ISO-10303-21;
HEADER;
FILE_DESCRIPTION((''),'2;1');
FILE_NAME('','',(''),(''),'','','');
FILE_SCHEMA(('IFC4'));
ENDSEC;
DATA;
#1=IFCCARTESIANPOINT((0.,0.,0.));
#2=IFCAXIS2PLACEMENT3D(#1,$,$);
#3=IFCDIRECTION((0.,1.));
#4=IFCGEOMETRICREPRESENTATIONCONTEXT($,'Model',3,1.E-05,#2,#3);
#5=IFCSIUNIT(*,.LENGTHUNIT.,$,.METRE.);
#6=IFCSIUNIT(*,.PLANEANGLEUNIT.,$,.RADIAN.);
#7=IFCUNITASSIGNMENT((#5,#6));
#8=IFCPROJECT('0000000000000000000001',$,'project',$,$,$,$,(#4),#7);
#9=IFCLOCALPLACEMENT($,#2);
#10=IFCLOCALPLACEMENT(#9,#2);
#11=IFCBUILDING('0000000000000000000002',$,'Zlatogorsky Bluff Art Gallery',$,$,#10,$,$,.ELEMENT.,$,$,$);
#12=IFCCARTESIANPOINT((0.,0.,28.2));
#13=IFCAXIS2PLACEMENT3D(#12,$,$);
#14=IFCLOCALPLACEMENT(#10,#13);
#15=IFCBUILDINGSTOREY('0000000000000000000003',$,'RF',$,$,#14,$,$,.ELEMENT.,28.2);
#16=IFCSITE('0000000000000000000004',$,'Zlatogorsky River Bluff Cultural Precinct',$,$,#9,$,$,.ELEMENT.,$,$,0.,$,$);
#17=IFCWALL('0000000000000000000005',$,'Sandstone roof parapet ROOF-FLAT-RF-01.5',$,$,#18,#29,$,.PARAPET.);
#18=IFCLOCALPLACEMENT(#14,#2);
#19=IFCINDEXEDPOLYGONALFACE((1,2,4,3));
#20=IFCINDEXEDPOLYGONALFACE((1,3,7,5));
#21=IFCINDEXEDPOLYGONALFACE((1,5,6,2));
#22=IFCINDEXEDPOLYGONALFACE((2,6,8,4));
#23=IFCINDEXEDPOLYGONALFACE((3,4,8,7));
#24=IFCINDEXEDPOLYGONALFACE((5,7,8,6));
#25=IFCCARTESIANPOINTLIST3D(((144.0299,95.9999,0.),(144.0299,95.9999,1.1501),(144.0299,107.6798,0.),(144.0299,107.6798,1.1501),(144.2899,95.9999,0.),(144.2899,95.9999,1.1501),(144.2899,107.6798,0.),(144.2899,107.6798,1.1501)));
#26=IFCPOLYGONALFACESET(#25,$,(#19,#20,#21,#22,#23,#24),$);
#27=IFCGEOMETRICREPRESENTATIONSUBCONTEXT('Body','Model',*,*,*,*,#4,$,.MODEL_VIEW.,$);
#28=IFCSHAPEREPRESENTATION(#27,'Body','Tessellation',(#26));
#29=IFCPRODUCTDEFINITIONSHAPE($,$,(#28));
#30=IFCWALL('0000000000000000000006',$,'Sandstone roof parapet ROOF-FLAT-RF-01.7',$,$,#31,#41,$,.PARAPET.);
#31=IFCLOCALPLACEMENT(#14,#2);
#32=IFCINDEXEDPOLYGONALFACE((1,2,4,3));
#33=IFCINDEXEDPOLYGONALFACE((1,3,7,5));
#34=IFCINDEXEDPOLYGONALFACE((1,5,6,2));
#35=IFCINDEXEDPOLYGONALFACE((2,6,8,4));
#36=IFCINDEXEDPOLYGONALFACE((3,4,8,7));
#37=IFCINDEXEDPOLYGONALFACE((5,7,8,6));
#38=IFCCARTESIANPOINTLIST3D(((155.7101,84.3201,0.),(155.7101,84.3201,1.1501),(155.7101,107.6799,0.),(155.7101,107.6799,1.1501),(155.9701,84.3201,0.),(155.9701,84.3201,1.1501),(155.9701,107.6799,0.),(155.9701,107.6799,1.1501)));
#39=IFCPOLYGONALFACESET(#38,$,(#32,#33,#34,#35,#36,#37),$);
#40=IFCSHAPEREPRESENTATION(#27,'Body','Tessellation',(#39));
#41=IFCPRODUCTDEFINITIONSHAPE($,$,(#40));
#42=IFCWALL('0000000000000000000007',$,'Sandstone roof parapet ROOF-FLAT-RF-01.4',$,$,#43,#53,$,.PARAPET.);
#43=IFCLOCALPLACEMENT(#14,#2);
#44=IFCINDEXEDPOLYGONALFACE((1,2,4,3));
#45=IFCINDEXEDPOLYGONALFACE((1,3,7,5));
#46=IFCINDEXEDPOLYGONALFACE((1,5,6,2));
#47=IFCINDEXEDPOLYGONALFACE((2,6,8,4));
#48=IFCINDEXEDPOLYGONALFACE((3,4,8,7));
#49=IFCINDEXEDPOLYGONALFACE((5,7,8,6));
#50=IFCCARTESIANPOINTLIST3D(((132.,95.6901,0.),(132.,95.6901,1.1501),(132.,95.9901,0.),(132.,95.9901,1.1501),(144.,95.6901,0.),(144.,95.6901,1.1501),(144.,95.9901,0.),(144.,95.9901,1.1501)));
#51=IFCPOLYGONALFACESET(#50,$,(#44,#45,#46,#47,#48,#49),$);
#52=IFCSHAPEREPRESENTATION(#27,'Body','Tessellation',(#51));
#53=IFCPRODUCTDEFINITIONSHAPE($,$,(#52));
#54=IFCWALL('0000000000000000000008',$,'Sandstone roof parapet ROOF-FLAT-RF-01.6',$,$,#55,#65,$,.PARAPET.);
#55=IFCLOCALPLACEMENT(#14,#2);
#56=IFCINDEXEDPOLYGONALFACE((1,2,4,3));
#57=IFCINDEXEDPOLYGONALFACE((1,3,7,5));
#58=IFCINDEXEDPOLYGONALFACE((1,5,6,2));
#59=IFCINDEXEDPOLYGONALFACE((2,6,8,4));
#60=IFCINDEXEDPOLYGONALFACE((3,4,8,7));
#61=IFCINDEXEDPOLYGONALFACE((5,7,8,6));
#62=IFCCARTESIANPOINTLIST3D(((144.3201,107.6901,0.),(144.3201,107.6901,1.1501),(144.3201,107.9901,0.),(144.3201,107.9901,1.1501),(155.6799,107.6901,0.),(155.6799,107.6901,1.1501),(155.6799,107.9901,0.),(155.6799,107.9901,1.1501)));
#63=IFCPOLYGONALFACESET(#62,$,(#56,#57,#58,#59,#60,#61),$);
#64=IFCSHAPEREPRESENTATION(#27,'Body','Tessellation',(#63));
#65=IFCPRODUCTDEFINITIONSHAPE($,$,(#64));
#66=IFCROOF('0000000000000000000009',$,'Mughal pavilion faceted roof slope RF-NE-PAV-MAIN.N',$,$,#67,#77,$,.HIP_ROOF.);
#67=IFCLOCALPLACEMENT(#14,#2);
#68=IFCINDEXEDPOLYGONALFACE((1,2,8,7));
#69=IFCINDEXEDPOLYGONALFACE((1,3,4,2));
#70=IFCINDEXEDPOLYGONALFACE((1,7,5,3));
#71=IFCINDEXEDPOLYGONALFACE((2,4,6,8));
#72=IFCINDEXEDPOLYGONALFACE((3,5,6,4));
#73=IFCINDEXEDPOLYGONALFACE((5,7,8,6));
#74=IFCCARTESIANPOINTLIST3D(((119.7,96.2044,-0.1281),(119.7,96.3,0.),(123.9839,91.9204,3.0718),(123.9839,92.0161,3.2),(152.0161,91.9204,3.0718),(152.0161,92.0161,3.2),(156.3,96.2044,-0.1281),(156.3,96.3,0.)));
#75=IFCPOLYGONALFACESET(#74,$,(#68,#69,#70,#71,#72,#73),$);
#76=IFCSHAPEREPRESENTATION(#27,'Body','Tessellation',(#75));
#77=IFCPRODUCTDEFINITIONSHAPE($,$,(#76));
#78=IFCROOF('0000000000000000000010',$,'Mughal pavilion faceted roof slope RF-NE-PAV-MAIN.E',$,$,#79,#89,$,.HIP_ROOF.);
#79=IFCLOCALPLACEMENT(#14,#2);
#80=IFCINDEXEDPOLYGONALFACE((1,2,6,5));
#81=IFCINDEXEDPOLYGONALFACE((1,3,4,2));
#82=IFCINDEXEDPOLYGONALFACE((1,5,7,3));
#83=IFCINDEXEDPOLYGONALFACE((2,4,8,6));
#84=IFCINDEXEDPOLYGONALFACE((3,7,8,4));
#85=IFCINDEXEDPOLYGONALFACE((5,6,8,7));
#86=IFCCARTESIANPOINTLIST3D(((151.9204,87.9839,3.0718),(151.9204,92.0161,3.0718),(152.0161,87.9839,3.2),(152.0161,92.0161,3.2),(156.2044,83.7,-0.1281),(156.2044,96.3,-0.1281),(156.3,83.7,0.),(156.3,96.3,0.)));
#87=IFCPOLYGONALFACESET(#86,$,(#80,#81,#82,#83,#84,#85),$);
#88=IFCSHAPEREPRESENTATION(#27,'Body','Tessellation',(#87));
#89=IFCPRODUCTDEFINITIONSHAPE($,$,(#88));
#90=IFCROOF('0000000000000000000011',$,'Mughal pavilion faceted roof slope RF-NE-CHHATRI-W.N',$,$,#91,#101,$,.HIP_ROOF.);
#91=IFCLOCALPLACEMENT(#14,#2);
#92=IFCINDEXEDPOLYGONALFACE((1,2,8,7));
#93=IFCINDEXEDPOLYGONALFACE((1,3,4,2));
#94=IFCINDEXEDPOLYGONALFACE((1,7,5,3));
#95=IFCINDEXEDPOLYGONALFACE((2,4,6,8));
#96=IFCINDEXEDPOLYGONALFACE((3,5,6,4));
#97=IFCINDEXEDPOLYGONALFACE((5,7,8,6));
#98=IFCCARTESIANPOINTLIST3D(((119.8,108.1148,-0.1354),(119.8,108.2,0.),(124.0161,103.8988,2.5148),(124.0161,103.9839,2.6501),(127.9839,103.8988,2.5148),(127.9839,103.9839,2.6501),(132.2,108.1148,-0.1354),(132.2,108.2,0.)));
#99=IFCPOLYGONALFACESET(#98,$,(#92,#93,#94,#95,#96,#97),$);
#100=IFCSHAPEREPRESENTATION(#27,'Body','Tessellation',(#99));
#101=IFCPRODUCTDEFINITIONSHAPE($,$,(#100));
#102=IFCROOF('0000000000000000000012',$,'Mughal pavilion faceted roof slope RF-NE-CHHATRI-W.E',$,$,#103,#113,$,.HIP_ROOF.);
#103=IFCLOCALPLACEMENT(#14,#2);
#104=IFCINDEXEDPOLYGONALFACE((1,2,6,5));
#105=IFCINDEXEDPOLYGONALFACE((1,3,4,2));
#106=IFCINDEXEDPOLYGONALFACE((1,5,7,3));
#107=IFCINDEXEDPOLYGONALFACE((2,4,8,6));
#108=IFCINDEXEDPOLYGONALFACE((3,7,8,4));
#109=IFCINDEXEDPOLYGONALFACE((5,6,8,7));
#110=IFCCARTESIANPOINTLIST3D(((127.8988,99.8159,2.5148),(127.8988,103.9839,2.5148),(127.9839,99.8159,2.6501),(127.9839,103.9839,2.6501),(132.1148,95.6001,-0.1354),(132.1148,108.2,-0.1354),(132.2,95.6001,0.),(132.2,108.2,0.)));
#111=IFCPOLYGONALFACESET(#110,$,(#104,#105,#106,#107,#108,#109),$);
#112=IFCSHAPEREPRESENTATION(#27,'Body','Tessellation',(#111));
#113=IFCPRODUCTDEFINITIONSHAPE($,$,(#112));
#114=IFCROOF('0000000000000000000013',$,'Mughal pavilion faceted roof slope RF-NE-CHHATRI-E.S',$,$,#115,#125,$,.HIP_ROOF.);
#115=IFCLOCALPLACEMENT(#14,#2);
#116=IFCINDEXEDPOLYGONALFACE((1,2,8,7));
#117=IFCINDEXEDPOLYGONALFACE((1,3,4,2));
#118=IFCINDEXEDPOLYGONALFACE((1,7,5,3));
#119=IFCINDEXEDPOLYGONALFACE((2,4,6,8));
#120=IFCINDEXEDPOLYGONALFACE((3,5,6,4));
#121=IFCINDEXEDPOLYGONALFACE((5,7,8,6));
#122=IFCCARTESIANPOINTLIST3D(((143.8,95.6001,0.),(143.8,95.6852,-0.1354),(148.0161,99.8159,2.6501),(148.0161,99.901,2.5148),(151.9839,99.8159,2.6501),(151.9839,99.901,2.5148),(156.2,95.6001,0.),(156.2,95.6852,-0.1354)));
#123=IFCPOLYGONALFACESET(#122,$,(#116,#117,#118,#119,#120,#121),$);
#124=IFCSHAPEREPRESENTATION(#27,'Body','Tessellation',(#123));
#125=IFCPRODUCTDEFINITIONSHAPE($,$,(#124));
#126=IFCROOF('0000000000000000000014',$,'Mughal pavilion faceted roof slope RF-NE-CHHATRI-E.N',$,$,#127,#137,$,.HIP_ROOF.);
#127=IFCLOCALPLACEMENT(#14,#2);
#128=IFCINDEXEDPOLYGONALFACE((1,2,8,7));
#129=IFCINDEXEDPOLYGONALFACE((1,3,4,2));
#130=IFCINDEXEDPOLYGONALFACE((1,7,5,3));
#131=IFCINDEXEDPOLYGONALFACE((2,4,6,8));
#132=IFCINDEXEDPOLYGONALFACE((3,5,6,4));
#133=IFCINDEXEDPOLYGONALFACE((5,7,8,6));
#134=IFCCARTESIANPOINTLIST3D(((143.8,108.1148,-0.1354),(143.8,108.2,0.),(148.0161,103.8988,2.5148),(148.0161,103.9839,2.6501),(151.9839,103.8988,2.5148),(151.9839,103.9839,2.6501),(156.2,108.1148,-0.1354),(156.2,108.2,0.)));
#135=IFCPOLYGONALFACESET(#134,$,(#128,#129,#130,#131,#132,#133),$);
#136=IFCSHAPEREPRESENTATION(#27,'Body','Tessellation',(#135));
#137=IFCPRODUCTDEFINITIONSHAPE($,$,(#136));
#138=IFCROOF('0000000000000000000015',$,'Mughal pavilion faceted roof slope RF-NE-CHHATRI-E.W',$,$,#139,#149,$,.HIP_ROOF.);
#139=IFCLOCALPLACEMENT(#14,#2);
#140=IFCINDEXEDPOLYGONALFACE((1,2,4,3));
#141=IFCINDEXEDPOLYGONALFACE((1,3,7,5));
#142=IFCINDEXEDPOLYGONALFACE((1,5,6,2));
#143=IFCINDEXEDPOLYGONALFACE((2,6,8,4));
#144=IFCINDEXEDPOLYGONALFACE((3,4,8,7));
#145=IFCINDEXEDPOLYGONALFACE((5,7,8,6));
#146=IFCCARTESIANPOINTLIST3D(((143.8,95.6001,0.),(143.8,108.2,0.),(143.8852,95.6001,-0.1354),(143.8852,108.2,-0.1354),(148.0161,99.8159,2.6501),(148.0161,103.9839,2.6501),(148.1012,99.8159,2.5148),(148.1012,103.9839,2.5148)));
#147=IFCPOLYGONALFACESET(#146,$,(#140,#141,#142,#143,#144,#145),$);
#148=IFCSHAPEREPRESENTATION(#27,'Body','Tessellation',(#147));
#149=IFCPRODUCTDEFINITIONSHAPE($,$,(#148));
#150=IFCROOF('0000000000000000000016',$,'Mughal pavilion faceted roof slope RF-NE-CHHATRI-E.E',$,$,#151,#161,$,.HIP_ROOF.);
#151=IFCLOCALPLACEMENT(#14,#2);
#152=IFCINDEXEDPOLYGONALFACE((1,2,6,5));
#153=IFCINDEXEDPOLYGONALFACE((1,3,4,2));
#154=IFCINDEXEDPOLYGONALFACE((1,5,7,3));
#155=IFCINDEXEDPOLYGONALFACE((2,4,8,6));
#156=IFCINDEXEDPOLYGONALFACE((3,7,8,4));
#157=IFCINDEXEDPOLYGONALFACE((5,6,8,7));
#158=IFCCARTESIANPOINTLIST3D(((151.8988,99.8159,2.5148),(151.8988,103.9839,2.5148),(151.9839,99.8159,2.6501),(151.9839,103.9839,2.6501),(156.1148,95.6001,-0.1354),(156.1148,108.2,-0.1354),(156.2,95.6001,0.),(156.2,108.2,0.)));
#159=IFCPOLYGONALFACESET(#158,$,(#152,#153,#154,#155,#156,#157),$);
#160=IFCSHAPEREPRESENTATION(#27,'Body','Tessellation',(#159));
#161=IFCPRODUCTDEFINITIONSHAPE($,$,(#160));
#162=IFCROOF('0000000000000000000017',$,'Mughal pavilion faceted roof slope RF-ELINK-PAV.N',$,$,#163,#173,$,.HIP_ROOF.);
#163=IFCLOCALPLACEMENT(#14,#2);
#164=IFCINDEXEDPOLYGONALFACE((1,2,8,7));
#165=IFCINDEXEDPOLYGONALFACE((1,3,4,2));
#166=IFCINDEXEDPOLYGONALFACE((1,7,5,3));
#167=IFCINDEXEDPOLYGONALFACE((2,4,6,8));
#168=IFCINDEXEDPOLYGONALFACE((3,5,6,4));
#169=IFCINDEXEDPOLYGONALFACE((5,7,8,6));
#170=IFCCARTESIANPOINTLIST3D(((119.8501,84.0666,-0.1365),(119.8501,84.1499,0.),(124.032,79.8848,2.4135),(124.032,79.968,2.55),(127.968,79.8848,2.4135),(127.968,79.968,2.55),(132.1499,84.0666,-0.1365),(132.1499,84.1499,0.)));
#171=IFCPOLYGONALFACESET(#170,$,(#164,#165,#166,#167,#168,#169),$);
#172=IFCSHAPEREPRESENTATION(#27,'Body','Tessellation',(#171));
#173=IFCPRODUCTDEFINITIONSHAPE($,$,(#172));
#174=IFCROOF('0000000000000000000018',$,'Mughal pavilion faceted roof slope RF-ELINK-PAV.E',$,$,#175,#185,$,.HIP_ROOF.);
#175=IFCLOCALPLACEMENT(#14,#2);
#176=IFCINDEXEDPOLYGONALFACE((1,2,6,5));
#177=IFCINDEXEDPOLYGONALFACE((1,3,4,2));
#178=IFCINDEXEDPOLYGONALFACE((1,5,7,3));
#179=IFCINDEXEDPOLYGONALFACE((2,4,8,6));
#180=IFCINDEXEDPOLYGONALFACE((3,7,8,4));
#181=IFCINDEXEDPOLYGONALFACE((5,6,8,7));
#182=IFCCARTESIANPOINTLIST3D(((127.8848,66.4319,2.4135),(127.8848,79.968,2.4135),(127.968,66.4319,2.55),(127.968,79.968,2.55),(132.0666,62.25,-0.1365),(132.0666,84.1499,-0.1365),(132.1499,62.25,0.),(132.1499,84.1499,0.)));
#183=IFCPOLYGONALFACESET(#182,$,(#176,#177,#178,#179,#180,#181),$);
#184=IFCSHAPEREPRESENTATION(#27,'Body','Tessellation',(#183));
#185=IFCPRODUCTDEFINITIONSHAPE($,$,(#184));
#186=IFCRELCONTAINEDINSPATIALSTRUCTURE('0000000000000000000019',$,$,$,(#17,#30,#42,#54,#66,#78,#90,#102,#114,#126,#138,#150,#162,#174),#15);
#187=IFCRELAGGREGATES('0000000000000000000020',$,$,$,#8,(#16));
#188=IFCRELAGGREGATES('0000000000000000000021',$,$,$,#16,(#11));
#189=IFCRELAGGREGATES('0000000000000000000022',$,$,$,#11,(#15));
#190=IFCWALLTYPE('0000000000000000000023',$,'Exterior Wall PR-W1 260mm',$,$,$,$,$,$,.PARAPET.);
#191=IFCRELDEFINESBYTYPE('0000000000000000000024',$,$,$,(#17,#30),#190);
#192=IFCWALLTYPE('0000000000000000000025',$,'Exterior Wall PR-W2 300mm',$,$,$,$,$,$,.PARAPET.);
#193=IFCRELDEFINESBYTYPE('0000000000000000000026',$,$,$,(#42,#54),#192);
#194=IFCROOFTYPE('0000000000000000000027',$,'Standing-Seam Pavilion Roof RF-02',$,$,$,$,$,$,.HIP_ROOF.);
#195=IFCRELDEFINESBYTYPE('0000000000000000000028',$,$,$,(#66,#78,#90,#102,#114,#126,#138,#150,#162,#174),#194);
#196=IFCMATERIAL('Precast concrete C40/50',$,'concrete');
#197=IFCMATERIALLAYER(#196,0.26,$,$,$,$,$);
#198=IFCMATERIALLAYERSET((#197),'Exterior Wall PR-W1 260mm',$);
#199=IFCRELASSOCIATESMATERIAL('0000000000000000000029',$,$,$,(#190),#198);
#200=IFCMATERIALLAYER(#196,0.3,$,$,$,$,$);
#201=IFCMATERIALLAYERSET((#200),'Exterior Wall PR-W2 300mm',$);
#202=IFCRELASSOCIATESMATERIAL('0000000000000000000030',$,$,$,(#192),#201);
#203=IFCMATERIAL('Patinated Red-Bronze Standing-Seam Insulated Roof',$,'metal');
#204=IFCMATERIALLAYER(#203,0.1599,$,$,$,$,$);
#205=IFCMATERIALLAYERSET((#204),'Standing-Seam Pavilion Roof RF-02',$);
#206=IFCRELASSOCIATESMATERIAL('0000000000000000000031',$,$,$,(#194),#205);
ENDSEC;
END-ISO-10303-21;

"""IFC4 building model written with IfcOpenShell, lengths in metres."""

from ifc_helpers import new_model, si_unit, direction, frame, frame_2d, origin, place, context, subcontext, project, spatial, polyline, rectangle, outline, extrude, material, layer, layer_set, type_object, element, save


model = new_model("IFC4")

# Units and contexts
model_context = context("Model", 3, precision=1e-05, world=origin(), true_north=direction((0.0, 1.0)))
body_context = subcontext(model_context, "Body", "Model", "MODEL_VIEW")
ifc_project = project(units=[si_unit("LENGTHUNIT", "METRE"), si_unit("PLANEANGLEUNIT", "RADIAN")], contexts=[model_context])

# Site, building, storey
site_placement = place(None, origin())
site = spatial("IfcSite", under=ifc_project, at=site_placement, Name="Zlatogorsky River Bluff Cultural Precinct", CompositionType="ELEMENT", RefElevation=0.0)
building_placement = place(site_placement, origin())
building = spatial("IfcBuilding", under=site, at=building_placement, Name="Zlatogorsky Bluff Art Gallery", CompositionType="ELEMENT")
storey_placement = place(building_placement, frame((0.0, 0.0, 28.2)))
storey = spatial("IfcBuildingStorey", under=building, at=storey_placement, Name="RF", CompositionType="ELEMENT", Elevation=28.2)

# Walls
ifc_material_1 = material(Name="Precast concrete C40/50", Category="concrete")
ifc_layer_1 = layer(ifc_material_1, 0.26)
ifc_layer_set_1 = layer_set([ifc_layer_1], Name="Exterior Wall PR-W1 260mm")
wall_type_1 = type_object("IfcWallType", Name="Exterior Wall PR-W1 260mm", PredefinedType="PARAPET", material=ifc_layer_set_1)
wall_1_placement = place(storey_placement, frame((144.1599, 96.0, 0.0), z_axis=(0.0, 0.0, 1.0), x_axis=(0.0, 1.0, 0.0)))
element("IfcWall", 1, at=wall_1_placement, inside=storey, type_object=wall_type_1, Name="Sandstone roof parapet ROOF-FLAT-RF-01.5", PredefinedType="PARAPET", context=body_context, shape_type="SweptSolid", body=[
    extrude(rectangle(XDim=11.6799, YDim=0.26, at=frame_2d((5.8398, 0.0))), origin(), (0.0, 0.0, 1.0), 1.1501),
])
wall_2_placement = place(storey_placement, frame((155.8401, 107.6799, 0.0), z_axis=(0.0, 0.0, 1.0), x_axis=(0.0, -1.0, 0.0)))
element("IfcWall", 2, at=wall_2_placement, inside=storey, type_object=wall_type_1, Name="Sandstone roof parapet ROOF-FLAT-RF-01.7", PredefinedType="PARAPET", context=body_context, shape_type="SweptSolid", body=[
    extrude(rectangle(XDim=23.3599, YDim=0.26, at=frame_2d((11.6799, 0.0))), origin(), (0.0, 0.0, 1.0), 1.1501),
])
ifc_layer_2 = layer(ifc_material_1, 0.3)
ifc_layer_set_2 = layer_set([ifc_layer_2], Name="Exterior Wall PR-W2 300mm")
wall_type_2 = type_object("IfcWallType", Name="Exterior Wall PR-W2 300mm", PredefinedType="PARAPET", material=ifc_layer_set_2)
wall_3_placement = place(storey_placement, frame((132.0, 95.8401, 0.0), z_axis=(0.0, 0.0, 1.0), x_axis=(1.0, 0.0, 0.0)))
element("IfcWall", 3, at=wall_3_placement, inside=storey, type_object=wall_type_2, Name="Sandstone roof parapet ROOF-FLAT-RF-01.4", PredefinedType="PARAPET", context=body_context, shape_type="SweptSolid", body=[
    extrude(rectangle(XDim=12.0, YDim=0.3, at=frame_2d((6.0, 0.0))), origin(), (0.0, 0.0, 1.0), 1.1501),
])
wall_4_placement = place(storey_placement, frame((144.3201, 107.8401, 0.0), z_axis=(0.0, 0.0, 1.0), x_axis=(1.0, 0.0, 0.0)))
element("IfcWall", 4, at=wall_4_placement, inside=storey, type_object=wall_type_2, Name="Sandstone roof parapet ROOF-FLAT-RF-01.6", PredefinedType="PARAPET", context=body_context, shape_type="SweptSolid", body=[
    extrude(rectangle(XDim=11.3599, YDim=0.3, at=frame_2d((5.6799, 0.0))), origin(), (0.0, 0.0, 1.0), 1.1501),
])

# Roofs
ifc_material_2 = material(Name="Patinated Red-Bronze Standing-Seam Insulated Roof", Category="metal")
ifc_layer_3 = layer(ifc_material_2, 0.1599)
ifc_layer_set_3 = layer_set([ifc_layer_3], Name="Standing-Seam Pavilion Roof RF-02")
roof_type = type_object("IfcRoofType", Name="Standing-Seam Pavilion Roof RF-02", PredefinedType="HIP_ROOF", material=ifc_layer_set_3)
roof_1_placement = place(storey_placement, frame((156.3, 96.3, 0.0), z_axis=(0.0, 0.598443, 0.801166), x_axis=(-1.0, 0.0, 0.0)))
element("IfcRoof", 5, at=roof_1_placement, inside=storey, type_object=roof_type, Name="Mughal pavilion faceted roof slope RF-NE-PAV-MAIN.N", PredefinedType="HIP_ROOF", context=body_context, shape_type="SweptSolid", body=[
    extrude(outline(polyline([(0.0, 0.0), (36.6001, 0.0), (32.3162, 5.3471), (4.2839, 5.3471), (0.0, 0.0)])), origin(), (0.0, 0.0, -1.0), 0.1599),
])
roof_2_placement = place(storey_placement, frame((156.3, 83.7, 0.0), z_axis=(0.598443, 0.0, 0.801166), x_axis=(0.0, 1.0, 0.0)))
element("IfcRoof", 6, at=roof_2_placement, inside=storey, type_object=roof_type, Name="Mughal pavilion faceted roof slope RF-NE-PAV-MAIN.E", PredefinedType="HIP_ROOF", context=body_context, shape_type="SweptSolid", body=[
    extrude(outline(polyline([(0.0, 0.0), (12.6001, 0.0), (8.3162, 5.3471), (4.2839, 5.3471), (0.0, 0.0)])), origin(), (0.0, 0.0, -1.0), 0.1599),
])
roof_3_placement = place(storey_placement, frame((132.2, 108.2, 0.0), z_axis=(0.0, 0.532179, 0.846632), x_axis=(-1.0, 0.0, 0.0)))
element("IfcRoof", 7, at=roof_3_placement, inside=storey, type_object=roof_type, Name="Mughal pavilion faceted roof slope RF-NE-CHHATRI-W.N", PredefinedType="HIP_ROOF", context=body_context, shape_type="SweptSolid", body=[
    extrude(outline(polyline([(0.0, 0.0), (12.3999, 0.0), (8.1838, 4.9798), (4.2161, 4.9798), (0.0, 0.0)])), origin(), (0.0, 0.0, -1.0), 0.1599),
])
roof_4_placement = place(storey_placement, frame((132.2, 95.6001, 0.0), z_axis=(0.532179, 0.0, 0.846632), x_axis=(0.0, 1.0, 0.0)))
element("IfcRoof", 8, at=roof_4_placement, inside=storey, type_object=roof_type, Name="Mughal pavilion faceted roof slope RF-NE-CHHATRI-W.E", PredefinedType="HIP_ROOF", context=body_context, shape_type="SweptSolid", body=[
    extrude(outline(polyline([(0.0, 0.0), (12.5999, 0.0), (8.3838, 4.9798), (4.2158, 4.9798), (0.0, 0.0)])), origin(), (0.0, 0.0, -1.0), 0.1599),
])
roof_5_placement = place(storey_placement, frame((143.8, 95.6001, 0.0), z_axis=(0.0, -0.532201, 0.846618), x_axis=(1.0, 0.0, 0.0)))
element("IfcRoof", 9, at=roof_5_placement, inside=storey, type_object=roof_type, Name="Mughal pavilion faceted roof slope RF-NE-CHHATRI-E.S", PredefinedType="HIP_ROOF", context=body_context, shape_type="SweptSolid", body=[
    extrude(outline(polyline([(0.0, 0.0), (12.3999, 0.0), (8.1838, 4.9796), (4.2161, 4.9796), (0.0, 0.0)])), origin(), (0.0, 0.0, -1.0), 0.1599),
])
roof_6_placement = place(storey_placement, frame((156.2, 108.2, 0.0), z_axis=(0.0, 0.532179, 0.846632), x_axis=(-1.0, 0.0, 0.0)))
element("IfcRoof", 10, at=roof_6_placement, inside=storey, type_object=roof_type, Name="Mughal pavilion faceted roof slope RF-NE-CHHATRI-E.N", PredefinedType="HIP_ROOF", context=body_context, shape_type="SweptSolid", body=[
    extrude(outline(polyline([(0.0, 0.0), (12.3999, 0.0), (8.1838, 4.9798), (4.2161, 4.9798), (0.0, 0.0)])), origin(), (0.0, 0.0, -1.0), 0.1599),
])
roof_7_placement = place(storey_placement, frame((143.8, 108.2, 0.0), z_axis=(-0.532179, 0.0, 0.846632), x_axis=(0.0, -1.0, 0.0)))
element("IfcRoof", 11, at=roof_7_placement, inside=storey, type_object=roof_type, Name="Mughal pavilion faceted roof slope RF-NE-CHHATRI-E.W", PredefinedType="HIP_ROOF", context=body_context, shape_type="SweptSolid", body=[
    extrude(outline(polyline([(0.0, 0.0), (12.5999, 0.0), (8.384, 4.9798), (4.2161, 4.9798), (0.0, 0.0)])), origin(), (0.0, 0.0, -1.0), 0.1599),
])
roof_8_placement = place(storey_placement, frame((156.2, 95.6001, 0.0), z_axis=(0.532179, 0.0, 0.846632), x_axis=(0.0, 1.0, 0.0)))
element("IfcRoof", 12, at=roof_8_placement, inside=storey, type_object=roof_type, Name="Mughal pavilion faceted roof slope RF-NE-CHHATRI-E.E", PredefinedType="HIP_ROOF", context=body_context, shape_type="SweptSolid", body=[
    extrude(outline(polyline([(0.0, 0.0), (12.5999, 0.0), (8.3838, 4.9798), (4.2158, 4.9798), (0.0, 0.0)])), origin(), (0.0, 0.0, -1.0), 0.1599),
])
roof_9_placement = place(storey_placement, frame((132.1499, 84.1499, 0.0), z_axis=(0.0, 0.520625, 0.853785), x_axis=(-1.0, 0.0, 0.0)))
element("IfcRoof", 13, at=roof_9_placement, inside=storey, type_object=roof_type, Name="Mughal pavilion faceted roof slope RF-ELINK-PAV.N", PredefinedType="HIP_ROOF", context=body_context, shape_type="SweptSolid", body=[
    extrude(outline(polyline([(0.0, 0.0), (12.2998, 0.0), (8.1179, 4.8981), (4.1819, 4.8981), (0.0, 0.0)])), origin(), (0.0, 0.0, -1.0), 0.1599),
])
roof_10_placement = place(storey_placement, frame((132.1499, 62.25, 0.0), z_axis=(0.520625, 0.0, 0.853785), x_axis=(0.0, 1.0, 0.0)))
element("IfcRoof", 14, at=roof_10_placement, inside=storey, type_object=roof_type, Name="Mughal pavilion faceted roof slope RF-ELINK-PAV.E", PredefinedType="HIP_ROOF", context=body_context, shape_type="SweptSolid", body=[
    extrude(outline(polyline([(0.0, 0.0), (21.8999, 0.0), (17.718, 4.8981), (4.1819, 4.8981), (0.0, 0.0)])), origin(), (0.0, 0.0, -1.0), 0.1599),
])

save(model, "model.ifc")
